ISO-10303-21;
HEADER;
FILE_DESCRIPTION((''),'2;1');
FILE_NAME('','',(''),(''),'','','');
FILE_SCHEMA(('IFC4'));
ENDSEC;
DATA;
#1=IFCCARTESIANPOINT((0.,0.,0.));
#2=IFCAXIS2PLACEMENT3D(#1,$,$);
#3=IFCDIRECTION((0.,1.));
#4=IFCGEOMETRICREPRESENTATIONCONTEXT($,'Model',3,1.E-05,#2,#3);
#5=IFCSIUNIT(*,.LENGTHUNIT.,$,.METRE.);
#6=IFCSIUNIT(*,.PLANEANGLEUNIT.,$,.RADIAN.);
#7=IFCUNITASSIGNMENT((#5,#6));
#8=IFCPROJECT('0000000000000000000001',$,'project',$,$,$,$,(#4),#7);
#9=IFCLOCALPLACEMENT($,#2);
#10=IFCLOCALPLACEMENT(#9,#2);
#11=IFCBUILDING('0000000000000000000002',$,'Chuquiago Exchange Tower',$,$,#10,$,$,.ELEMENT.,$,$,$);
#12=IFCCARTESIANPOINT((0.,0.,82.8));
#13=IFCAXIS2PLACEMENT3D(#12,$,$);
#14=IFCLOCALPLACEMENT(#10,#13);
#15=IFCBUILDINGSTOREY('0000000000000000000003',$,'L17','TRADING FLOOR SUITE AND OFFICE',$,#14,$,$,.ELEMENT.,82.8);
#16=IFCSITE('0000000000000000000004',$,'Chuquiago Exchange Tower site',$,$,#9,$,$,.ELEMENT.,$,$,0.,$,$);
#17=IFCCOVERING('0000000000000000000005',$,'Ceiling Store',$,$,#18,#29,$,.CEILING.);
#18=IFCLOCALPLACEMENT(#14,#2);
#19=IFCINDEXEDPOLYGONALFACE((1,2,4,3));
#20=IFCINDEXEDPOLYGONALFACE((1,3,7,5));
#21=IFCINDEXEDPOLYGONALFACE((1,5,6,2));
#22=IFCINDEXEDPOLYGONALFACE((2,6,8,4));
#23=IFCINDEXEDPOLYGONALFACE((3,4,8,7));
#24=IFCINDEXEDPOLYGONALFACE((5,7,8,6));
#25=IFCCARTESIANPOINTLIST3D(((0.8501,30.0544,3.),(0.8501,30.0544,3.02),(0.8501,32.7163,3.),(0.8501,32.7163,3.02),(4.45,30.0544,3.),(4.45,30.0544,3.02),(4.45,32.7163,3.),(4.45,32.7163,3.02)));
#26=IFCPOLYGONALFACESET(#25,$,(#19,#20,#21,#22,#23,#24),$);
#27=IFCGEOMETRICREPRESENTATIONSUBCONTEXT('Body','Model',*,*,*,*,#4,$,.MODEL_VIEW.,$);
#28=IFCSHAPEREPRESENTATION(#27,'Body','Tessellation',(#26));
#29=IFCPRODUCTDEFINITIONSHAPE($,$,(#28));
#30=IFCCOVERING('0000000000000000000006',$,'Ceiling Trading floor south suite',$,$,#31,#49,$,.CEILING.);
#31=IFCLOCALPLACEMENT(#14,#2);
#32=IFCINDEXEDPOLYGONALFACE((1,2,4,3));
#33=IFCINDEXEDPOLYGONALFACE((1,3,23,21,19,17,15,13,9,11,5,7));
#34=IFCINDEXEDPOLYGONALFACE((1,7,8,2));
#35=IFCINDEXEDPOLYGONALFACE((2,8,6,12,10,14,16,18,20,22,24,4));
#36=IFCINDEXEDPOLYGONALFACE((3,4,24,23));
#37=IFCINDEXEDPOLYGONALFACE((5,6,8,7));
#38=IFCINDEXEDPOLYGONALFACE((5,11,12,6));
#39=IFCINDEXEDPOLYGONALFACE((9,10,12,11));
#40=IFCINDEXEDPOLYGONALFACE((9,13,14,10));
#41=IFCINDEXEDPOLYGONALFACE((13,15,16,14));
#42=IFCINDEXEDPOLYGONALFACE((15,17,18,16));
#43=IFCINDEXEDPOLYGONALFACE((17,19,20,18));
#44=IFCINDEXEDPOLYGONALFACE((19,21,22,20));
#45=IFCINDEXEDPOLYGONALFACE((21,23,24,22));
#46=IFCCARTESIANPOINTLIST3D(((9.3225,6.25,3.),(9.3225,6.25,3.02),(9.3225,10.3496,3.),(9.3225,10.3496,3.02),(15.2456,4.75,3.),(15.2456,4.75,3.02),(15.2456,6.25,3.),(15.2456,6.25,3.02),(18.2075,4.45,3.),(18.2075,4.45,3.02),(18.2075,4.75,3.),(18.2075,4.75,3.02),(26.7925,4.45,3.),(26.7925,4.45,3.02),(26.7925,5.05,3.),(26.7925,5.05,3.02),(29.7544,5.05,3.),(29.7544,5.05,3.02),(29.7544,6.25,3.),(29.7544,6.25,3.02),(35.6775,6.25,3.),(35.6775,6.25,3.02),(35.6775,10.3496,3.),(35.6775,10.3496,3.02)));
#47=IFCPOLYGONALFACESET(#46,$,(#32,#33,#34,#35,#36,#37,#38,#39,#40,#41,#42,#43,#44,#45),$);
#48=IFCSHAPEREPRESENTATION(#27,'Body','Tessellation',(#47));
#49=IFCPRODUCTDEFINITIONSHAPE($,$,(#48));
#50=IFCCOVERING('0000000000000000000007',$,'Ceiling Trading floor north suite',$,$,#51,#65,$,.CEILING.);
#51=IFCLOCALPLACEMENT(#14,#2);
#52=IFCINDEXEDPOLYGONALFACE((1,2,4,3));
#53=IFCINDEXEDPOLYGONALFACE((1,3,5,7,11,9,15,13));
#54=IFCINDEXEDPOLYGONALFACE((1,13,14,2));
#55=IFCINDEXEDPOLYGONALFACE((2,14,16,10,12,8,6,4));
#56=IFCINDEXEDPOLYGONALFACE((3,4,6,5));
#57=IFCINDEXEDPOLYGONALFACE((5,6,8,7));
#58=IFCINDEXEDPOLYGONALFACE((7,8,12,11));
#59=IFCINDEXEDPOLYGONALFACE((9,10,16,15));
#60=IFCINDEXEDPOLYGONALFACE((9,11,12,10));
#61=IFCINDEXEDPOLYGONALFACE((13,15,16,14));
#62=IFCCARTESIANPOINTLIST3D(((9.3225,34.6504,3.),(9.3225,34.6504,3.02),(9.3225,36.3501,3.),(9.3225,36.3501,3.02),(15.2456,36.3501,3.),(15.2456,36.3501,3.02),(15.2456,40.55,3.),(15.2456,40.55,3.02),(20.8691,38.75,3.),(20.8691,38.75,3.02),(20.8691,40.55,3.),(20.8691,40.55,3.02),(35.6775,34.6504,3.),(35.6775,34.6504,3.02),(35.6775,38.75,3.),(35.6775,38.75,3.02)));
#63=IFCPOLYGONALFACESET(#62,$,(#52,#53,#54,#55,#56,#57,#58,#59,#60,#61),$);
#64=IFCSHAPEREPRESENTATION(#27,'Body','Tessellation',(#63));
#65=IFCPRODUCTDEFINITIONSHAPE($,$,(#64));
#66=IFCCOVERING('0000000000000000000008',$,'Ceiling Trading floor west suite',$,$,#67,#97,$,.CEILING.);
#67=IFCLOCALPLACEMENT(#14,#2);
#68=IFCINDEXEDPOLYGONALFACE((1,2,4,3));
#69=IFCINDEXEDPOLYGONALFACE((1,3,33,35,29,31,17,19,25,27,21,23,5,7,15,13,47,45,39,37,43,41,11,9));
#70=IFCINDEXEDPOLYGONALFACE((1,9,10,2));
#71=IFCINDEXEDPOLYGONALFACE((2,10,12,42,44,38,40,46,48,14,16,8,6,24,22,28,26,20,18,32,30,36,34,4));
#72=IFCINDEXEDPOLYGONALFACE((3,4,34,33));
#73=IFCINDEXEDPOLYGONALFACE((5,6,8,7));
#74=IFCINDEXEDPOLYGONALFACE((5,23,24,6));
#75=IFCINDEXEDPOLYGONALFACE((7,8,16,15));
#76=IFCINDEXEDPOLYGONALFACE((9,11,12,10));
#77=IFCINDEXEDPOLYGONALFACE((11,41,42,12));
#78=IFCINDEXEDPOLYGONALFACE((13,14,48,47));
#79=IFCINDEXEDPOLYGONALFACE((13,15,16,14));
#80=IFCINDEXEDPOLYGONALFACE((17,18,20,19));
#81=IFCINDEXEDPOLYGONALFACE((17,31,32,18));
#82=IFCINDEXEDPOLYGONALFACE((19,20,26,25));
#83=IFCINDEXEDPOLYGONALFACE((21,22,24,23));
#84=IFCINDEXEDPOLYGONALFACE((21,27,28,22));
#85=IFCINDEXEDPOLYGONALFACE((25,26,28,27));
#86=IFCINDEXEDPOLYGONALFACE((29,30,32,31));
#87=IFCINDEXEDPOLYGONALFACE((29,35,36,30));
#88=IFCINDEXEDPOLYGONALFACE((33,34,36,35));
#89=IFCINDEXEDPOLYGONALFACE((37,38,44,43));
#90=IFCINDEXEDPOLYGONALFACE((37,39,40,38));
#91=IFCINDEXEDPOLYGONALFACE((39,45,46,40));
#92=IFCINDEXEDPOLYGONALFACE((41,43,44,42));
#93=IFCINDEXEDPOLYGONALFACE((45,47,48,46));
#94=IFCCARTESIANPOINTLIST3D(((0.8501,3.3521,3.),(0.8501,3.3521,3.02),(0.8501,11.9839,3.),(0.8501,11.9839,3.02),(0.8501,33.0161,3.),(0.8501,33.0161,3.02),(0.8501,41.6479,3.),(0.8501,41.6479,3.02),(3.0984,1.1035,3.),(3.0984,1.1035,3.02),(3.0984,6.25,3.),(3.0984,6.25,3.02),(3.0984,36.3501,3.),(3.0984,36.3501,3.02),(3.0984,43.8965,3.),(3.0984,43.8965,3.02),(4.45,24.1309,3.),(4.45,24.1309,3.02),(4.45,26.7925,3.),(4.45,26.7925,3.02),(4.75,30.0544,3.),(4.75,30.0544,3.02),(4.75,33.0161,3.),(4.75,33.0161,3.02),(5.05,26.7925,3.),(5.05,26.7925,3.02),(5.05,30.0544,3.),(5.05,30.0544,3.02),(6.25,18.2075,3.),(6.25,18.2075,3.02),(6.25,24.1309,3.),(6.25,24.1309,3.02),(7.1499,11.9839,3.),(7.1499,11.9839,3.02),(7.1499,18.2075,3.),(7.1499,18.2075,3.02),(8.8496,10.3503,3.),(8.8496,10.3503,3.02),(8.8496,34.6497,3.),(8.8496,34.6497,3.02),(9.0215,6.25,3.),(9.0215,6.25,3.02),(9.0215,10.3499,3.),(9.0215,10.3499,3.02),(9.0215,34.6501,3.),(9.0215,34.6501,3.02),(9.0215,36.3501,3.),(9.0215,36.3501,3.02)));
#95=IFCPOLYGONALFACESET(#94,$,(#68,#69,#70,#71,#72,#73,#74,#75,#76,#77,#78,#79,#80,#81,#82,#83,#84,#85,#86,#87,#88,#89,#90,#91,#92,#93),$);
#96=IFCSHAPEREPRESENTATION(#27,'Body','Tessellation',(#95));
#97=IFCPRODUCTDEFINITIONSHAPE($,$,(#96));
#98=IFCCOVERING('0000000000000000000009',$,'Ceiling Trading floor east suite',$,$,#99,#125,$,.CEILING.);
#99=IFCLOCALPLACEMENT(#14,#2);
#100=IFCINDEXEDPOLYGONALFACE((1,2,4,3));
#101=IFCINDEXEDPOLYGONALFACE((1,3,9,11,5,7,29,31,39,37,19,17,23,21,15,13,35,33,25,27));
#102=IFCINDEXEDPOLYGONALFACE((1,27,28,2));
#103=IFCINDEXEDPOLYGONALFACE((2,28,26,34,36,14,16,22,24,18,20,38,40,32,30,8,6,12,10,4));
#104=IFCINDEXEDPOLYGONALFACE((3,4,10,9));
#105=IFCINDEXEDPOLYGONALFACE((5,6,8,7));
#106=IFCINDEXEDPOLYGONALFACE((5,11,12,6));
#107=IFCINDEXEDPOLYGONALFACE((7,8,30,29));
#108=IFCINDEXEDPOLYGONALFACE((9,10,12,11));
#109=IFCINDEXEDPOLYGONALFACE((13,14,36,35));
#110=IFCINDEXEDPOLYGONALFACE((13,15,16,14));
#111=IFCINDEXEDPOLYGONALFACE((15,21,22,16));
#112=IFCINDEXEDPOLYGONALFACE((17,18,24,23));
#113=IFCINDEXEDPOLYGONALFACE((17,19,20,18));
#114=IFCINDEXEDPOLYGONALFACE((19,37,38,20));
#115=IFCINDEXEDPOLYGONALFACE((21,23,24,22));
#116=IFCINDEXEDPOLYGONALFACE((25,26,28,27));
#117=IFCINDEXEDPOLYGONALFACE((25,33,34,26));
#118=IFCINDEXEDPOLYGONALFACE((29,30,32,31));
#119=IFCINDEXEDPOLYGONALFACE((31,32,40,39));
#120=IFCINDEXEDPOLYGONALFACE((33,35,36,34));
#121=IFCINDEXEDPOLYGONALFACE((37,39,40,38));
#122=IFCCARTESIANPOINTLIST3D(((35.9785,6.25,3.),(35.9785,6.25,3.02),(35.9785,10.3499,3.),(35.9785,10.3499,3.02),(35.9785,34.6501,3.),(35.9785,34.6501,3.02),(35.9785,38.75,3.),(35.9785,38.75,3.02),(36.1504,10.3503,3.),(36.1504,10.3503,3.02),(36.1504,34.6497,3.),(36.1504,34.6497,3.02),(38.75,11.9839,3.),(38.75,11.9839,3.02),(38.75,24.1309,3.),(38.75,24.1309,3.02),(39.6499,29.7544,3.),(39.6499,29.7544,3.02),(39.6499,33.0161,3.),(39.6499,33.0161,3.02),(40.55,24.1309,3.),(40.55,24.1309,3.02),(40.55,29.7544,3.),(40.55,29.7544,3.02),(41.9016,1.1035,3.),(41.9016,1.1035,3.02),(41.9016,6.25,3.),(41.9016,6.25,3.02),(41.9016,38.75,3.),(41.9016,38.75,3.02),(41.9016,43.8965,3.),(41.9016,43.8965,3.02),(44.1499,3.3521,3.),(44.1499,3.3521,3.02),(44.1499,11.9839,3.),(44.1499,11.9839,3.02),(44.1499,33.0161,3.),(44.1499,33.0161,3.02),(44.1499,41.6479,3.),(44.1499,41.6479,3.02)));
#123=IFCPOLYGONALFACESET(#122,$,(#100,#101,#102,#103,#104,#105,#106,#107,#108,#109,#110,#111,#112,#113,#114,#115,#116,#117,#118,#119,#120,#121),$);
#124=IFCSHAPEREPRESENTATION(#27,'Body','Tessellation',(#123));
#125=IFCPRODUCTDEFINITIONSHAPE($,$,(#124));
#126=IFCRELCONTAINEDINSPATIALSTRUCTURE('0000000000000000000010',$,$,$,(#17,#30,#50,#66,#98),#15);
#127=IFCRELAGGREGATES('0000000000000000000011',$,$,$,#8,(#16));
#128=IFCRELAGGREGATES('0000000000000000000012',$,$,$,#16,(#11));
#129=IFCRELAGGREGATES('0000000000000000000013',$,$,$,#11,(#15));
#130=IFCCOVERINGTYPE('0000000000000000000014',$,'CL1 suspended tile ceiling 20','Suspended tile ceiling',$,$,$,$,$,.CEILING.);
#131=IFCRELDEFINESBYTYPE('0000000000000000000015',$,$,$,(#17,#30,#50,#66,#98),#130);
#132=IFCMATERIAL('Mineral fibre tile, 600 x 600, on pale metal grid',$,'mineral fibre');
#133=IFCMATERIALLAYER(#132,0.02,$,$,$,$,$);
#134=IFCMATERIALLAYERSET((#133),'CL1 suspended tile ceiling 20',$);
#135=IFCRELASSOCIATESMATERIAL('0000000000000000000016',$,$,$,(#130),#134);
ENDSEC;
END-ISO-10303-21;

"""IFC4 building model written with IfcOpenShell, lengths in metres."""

from ifc_helpers import new_model, si_unit, direction, frame, origin, place, context, subcontext, project, spatial, polyline, outline, extrude, material, layer, layer_set, type_object, element, save


model = new_model("IFC4")

# Units and contexts
model_context = context("Model", 3, precision=1e-05, world=origin(), true_north=direction((0.0, 1.0)))
body_context = subcontext(model_context, "Body", "Model", "MODEL_VIEW")
ifc_project = project(units=[si_unit("LENGTHUNIT", "METRE"), si_unit("PLANEANGLEUNIT", "RADIAN")], contexts=[model_context])

# Site, building, storey
site_placement = place(None, origin())
site = spatial("IfcSite", under=ifc_project, at=site_placement, Name="Chuquiago Exchange Tower site", CompositionType="ELEMENT", RefElevation=0.0)
building_placement = place(site_placement, origin())
building = spatial("IfcBuilding", under=site, at=building_placement, Name="Chuquiago Exchange Tower", CompositionType="ELEMENT")
storey_placement = place(building_placement, frame((0.0, 0.0, 82.8)))
storey = spatial("IfcBuildingStorey", under=building, at=storey_placement, Name="L17", Description="TRADING FLOOR SUITE AND OFFICE", CompositionType="ELEMENT", Elevation=82.8)

# Coverings
ifc_material_1 = material(Name="Mineral fibre tile, 600 x 600, on pale metal grid", Category="mineral fibre")
ifc_layer_1 = layer(ifc_material_1, 0.02)
ifc_layer_set_1 = layer_set([ifc_layer_1], Name="CL1 suspended tile ceiling 20")
covering_type_1 = type_object("IfcCoveringType", Name="CL1 suspended tile ceiling 20", Description="Suspended tile ceiling", PredefinedType="CEILING", material=ifc_layer_set_1)
covering_1_placement = place(storey_placement, frame((0.0, 0.0, 3.0)))
element("IfcCovering", 1, at=covering_1_placement, inside=storey, type_object=covering_type_1, Name="Ceiling Store", PredefinedType="CEILING", context=body_context, shape_type="SweptSolid", body=[
    extrude(outline(polyline([(4.45, 32.7163), (4.45, 30.0544), (0.8501, 30.0544), (0.8501, 32.7163), (4.45, 32.7163)])), origin(), (0.0, 0.0, 1.0), 0.02),
])
covering_2_placement = place(storey_placement, frame((0.0, 0.0, 3.0)))
element("IfcCovering", 2, at=covering_2_placement, inside=storey, type_object=covering_type_1, Name="Ceiling Trading floor south suite", PredefinedType="CEILING", context=body_context, shape_type="SweptSolid", body=[
    extrude(outline(polyline([(29.7544, 6.25), (29.7544, 5.05), (26.7925, 5.05), (26.7925, 4.45), (18.2075, 4.45), (18.2075, 4.75), (15.2456, 4.75), (15.2456, 6.25), (9.3225, 6.25), (9.3225, 10.3496), (35.6775, 10.3496), (35.6775, 6.25), (29.7544, 6.25)])), origin(), (0.0, 0.0, 1.0), 0.02),
])
covering_3_placement = place(storey_placement, frame((0.0, 0.0, 3.0)))
element("IfcCovering", 3, at=covering_3_placement, inside=storey, type_object=covering_type_1, Name="Ceiling Trading floor north suite", PredefinedType="CEILING", context=body_context, shape_type="SweptSolid", body=[
    extrude(outline(polyline([(15.2456, 40.55), (20.8691, 40.55), (20.8691, 38.75), (35.6775, 38.75), (35.6775, 34.6504), (9.3225, 34.6504), (9.3225, 36.3501), (15.2456, 36.3501), (15.2456, 40.55)])), origin(), (0.0, 0.0, 1.0), 0.02),
])
covering_4_placement = place(storey_placement, frame((0.0, 0.0, 3.0)))
element("IfcCovering", 4, at=covering_4_placement, inside=storey, type_object=covering_type_1, Name="Ceiling Trading floor west suite", PredefinedType="CEILING", context=body_context, shape_type="SweptSolid", body=[
    extrude(outline(polyline([(3.0984, 36.3501), (9.0215, 36.3501), (9.0215, 34.6501), (8.8496, 34.6497), (8.8496, 10.3503), (9.0215, 10.3499), (9.0215, 6.25), (3.0984, 6.25), (3.0984, 1.1035), (0.8501, 3.3521), (0.8501, 11.9839), (7.1499, 11.9839), (7.1499, 18.2075), (6.25, 18.2075), (6.25, 24.1309), (4.45, 24.1309), (4.45, 26.7925), (5.05, 26.7925), (5.05, 30.0544), (4.75, 30.0544), (4.75, 33.0161), (0.8501, 33.0161), (0.8501, 41.6479), (3.0984, 43.8965), (3.0984, 36.3501)])), origin(), (0.0, 0.0, 1.0), 0.02),
])
covering_5_placement = place(storey_placement, frame((0.0, 0.0, 3.0)))
element("IfcCovering", 5, at=covering_5_placement, inside=storey, type_object=covering_type_1, Name="Ceiling Trading floor east suite", PredefinedType="CEILING", context=body_context, shape_type="SweptSolid", body=[
    extrude(outline(polyline([(41.9016, 38.75), (41.9016, 43.8965), (44.1499, 41.6479), (44.1499, 33.0161), (39.6499, 33.0161), (39.6499, 29.7544), (40.55, 29.7544), (40.55, 24.1309), (38.75, 24.1309), (38.75, 11.9839), (44.1499, 11.9839), (44.1499, 3.3521), (41.9016, 1.1035), (41.9016, 6.25), (35.9785, 6.25), (35.9785, 10.3499), (36.1504, 10.3503), (36.1504, 34.6497), (35.9785, 34.6501), (35.9785, 38.75), (41.9016, 38.75)])), origin(), (0.0, 0.0, 1.0), 0.02),
])

save(model, "model.ifc")
